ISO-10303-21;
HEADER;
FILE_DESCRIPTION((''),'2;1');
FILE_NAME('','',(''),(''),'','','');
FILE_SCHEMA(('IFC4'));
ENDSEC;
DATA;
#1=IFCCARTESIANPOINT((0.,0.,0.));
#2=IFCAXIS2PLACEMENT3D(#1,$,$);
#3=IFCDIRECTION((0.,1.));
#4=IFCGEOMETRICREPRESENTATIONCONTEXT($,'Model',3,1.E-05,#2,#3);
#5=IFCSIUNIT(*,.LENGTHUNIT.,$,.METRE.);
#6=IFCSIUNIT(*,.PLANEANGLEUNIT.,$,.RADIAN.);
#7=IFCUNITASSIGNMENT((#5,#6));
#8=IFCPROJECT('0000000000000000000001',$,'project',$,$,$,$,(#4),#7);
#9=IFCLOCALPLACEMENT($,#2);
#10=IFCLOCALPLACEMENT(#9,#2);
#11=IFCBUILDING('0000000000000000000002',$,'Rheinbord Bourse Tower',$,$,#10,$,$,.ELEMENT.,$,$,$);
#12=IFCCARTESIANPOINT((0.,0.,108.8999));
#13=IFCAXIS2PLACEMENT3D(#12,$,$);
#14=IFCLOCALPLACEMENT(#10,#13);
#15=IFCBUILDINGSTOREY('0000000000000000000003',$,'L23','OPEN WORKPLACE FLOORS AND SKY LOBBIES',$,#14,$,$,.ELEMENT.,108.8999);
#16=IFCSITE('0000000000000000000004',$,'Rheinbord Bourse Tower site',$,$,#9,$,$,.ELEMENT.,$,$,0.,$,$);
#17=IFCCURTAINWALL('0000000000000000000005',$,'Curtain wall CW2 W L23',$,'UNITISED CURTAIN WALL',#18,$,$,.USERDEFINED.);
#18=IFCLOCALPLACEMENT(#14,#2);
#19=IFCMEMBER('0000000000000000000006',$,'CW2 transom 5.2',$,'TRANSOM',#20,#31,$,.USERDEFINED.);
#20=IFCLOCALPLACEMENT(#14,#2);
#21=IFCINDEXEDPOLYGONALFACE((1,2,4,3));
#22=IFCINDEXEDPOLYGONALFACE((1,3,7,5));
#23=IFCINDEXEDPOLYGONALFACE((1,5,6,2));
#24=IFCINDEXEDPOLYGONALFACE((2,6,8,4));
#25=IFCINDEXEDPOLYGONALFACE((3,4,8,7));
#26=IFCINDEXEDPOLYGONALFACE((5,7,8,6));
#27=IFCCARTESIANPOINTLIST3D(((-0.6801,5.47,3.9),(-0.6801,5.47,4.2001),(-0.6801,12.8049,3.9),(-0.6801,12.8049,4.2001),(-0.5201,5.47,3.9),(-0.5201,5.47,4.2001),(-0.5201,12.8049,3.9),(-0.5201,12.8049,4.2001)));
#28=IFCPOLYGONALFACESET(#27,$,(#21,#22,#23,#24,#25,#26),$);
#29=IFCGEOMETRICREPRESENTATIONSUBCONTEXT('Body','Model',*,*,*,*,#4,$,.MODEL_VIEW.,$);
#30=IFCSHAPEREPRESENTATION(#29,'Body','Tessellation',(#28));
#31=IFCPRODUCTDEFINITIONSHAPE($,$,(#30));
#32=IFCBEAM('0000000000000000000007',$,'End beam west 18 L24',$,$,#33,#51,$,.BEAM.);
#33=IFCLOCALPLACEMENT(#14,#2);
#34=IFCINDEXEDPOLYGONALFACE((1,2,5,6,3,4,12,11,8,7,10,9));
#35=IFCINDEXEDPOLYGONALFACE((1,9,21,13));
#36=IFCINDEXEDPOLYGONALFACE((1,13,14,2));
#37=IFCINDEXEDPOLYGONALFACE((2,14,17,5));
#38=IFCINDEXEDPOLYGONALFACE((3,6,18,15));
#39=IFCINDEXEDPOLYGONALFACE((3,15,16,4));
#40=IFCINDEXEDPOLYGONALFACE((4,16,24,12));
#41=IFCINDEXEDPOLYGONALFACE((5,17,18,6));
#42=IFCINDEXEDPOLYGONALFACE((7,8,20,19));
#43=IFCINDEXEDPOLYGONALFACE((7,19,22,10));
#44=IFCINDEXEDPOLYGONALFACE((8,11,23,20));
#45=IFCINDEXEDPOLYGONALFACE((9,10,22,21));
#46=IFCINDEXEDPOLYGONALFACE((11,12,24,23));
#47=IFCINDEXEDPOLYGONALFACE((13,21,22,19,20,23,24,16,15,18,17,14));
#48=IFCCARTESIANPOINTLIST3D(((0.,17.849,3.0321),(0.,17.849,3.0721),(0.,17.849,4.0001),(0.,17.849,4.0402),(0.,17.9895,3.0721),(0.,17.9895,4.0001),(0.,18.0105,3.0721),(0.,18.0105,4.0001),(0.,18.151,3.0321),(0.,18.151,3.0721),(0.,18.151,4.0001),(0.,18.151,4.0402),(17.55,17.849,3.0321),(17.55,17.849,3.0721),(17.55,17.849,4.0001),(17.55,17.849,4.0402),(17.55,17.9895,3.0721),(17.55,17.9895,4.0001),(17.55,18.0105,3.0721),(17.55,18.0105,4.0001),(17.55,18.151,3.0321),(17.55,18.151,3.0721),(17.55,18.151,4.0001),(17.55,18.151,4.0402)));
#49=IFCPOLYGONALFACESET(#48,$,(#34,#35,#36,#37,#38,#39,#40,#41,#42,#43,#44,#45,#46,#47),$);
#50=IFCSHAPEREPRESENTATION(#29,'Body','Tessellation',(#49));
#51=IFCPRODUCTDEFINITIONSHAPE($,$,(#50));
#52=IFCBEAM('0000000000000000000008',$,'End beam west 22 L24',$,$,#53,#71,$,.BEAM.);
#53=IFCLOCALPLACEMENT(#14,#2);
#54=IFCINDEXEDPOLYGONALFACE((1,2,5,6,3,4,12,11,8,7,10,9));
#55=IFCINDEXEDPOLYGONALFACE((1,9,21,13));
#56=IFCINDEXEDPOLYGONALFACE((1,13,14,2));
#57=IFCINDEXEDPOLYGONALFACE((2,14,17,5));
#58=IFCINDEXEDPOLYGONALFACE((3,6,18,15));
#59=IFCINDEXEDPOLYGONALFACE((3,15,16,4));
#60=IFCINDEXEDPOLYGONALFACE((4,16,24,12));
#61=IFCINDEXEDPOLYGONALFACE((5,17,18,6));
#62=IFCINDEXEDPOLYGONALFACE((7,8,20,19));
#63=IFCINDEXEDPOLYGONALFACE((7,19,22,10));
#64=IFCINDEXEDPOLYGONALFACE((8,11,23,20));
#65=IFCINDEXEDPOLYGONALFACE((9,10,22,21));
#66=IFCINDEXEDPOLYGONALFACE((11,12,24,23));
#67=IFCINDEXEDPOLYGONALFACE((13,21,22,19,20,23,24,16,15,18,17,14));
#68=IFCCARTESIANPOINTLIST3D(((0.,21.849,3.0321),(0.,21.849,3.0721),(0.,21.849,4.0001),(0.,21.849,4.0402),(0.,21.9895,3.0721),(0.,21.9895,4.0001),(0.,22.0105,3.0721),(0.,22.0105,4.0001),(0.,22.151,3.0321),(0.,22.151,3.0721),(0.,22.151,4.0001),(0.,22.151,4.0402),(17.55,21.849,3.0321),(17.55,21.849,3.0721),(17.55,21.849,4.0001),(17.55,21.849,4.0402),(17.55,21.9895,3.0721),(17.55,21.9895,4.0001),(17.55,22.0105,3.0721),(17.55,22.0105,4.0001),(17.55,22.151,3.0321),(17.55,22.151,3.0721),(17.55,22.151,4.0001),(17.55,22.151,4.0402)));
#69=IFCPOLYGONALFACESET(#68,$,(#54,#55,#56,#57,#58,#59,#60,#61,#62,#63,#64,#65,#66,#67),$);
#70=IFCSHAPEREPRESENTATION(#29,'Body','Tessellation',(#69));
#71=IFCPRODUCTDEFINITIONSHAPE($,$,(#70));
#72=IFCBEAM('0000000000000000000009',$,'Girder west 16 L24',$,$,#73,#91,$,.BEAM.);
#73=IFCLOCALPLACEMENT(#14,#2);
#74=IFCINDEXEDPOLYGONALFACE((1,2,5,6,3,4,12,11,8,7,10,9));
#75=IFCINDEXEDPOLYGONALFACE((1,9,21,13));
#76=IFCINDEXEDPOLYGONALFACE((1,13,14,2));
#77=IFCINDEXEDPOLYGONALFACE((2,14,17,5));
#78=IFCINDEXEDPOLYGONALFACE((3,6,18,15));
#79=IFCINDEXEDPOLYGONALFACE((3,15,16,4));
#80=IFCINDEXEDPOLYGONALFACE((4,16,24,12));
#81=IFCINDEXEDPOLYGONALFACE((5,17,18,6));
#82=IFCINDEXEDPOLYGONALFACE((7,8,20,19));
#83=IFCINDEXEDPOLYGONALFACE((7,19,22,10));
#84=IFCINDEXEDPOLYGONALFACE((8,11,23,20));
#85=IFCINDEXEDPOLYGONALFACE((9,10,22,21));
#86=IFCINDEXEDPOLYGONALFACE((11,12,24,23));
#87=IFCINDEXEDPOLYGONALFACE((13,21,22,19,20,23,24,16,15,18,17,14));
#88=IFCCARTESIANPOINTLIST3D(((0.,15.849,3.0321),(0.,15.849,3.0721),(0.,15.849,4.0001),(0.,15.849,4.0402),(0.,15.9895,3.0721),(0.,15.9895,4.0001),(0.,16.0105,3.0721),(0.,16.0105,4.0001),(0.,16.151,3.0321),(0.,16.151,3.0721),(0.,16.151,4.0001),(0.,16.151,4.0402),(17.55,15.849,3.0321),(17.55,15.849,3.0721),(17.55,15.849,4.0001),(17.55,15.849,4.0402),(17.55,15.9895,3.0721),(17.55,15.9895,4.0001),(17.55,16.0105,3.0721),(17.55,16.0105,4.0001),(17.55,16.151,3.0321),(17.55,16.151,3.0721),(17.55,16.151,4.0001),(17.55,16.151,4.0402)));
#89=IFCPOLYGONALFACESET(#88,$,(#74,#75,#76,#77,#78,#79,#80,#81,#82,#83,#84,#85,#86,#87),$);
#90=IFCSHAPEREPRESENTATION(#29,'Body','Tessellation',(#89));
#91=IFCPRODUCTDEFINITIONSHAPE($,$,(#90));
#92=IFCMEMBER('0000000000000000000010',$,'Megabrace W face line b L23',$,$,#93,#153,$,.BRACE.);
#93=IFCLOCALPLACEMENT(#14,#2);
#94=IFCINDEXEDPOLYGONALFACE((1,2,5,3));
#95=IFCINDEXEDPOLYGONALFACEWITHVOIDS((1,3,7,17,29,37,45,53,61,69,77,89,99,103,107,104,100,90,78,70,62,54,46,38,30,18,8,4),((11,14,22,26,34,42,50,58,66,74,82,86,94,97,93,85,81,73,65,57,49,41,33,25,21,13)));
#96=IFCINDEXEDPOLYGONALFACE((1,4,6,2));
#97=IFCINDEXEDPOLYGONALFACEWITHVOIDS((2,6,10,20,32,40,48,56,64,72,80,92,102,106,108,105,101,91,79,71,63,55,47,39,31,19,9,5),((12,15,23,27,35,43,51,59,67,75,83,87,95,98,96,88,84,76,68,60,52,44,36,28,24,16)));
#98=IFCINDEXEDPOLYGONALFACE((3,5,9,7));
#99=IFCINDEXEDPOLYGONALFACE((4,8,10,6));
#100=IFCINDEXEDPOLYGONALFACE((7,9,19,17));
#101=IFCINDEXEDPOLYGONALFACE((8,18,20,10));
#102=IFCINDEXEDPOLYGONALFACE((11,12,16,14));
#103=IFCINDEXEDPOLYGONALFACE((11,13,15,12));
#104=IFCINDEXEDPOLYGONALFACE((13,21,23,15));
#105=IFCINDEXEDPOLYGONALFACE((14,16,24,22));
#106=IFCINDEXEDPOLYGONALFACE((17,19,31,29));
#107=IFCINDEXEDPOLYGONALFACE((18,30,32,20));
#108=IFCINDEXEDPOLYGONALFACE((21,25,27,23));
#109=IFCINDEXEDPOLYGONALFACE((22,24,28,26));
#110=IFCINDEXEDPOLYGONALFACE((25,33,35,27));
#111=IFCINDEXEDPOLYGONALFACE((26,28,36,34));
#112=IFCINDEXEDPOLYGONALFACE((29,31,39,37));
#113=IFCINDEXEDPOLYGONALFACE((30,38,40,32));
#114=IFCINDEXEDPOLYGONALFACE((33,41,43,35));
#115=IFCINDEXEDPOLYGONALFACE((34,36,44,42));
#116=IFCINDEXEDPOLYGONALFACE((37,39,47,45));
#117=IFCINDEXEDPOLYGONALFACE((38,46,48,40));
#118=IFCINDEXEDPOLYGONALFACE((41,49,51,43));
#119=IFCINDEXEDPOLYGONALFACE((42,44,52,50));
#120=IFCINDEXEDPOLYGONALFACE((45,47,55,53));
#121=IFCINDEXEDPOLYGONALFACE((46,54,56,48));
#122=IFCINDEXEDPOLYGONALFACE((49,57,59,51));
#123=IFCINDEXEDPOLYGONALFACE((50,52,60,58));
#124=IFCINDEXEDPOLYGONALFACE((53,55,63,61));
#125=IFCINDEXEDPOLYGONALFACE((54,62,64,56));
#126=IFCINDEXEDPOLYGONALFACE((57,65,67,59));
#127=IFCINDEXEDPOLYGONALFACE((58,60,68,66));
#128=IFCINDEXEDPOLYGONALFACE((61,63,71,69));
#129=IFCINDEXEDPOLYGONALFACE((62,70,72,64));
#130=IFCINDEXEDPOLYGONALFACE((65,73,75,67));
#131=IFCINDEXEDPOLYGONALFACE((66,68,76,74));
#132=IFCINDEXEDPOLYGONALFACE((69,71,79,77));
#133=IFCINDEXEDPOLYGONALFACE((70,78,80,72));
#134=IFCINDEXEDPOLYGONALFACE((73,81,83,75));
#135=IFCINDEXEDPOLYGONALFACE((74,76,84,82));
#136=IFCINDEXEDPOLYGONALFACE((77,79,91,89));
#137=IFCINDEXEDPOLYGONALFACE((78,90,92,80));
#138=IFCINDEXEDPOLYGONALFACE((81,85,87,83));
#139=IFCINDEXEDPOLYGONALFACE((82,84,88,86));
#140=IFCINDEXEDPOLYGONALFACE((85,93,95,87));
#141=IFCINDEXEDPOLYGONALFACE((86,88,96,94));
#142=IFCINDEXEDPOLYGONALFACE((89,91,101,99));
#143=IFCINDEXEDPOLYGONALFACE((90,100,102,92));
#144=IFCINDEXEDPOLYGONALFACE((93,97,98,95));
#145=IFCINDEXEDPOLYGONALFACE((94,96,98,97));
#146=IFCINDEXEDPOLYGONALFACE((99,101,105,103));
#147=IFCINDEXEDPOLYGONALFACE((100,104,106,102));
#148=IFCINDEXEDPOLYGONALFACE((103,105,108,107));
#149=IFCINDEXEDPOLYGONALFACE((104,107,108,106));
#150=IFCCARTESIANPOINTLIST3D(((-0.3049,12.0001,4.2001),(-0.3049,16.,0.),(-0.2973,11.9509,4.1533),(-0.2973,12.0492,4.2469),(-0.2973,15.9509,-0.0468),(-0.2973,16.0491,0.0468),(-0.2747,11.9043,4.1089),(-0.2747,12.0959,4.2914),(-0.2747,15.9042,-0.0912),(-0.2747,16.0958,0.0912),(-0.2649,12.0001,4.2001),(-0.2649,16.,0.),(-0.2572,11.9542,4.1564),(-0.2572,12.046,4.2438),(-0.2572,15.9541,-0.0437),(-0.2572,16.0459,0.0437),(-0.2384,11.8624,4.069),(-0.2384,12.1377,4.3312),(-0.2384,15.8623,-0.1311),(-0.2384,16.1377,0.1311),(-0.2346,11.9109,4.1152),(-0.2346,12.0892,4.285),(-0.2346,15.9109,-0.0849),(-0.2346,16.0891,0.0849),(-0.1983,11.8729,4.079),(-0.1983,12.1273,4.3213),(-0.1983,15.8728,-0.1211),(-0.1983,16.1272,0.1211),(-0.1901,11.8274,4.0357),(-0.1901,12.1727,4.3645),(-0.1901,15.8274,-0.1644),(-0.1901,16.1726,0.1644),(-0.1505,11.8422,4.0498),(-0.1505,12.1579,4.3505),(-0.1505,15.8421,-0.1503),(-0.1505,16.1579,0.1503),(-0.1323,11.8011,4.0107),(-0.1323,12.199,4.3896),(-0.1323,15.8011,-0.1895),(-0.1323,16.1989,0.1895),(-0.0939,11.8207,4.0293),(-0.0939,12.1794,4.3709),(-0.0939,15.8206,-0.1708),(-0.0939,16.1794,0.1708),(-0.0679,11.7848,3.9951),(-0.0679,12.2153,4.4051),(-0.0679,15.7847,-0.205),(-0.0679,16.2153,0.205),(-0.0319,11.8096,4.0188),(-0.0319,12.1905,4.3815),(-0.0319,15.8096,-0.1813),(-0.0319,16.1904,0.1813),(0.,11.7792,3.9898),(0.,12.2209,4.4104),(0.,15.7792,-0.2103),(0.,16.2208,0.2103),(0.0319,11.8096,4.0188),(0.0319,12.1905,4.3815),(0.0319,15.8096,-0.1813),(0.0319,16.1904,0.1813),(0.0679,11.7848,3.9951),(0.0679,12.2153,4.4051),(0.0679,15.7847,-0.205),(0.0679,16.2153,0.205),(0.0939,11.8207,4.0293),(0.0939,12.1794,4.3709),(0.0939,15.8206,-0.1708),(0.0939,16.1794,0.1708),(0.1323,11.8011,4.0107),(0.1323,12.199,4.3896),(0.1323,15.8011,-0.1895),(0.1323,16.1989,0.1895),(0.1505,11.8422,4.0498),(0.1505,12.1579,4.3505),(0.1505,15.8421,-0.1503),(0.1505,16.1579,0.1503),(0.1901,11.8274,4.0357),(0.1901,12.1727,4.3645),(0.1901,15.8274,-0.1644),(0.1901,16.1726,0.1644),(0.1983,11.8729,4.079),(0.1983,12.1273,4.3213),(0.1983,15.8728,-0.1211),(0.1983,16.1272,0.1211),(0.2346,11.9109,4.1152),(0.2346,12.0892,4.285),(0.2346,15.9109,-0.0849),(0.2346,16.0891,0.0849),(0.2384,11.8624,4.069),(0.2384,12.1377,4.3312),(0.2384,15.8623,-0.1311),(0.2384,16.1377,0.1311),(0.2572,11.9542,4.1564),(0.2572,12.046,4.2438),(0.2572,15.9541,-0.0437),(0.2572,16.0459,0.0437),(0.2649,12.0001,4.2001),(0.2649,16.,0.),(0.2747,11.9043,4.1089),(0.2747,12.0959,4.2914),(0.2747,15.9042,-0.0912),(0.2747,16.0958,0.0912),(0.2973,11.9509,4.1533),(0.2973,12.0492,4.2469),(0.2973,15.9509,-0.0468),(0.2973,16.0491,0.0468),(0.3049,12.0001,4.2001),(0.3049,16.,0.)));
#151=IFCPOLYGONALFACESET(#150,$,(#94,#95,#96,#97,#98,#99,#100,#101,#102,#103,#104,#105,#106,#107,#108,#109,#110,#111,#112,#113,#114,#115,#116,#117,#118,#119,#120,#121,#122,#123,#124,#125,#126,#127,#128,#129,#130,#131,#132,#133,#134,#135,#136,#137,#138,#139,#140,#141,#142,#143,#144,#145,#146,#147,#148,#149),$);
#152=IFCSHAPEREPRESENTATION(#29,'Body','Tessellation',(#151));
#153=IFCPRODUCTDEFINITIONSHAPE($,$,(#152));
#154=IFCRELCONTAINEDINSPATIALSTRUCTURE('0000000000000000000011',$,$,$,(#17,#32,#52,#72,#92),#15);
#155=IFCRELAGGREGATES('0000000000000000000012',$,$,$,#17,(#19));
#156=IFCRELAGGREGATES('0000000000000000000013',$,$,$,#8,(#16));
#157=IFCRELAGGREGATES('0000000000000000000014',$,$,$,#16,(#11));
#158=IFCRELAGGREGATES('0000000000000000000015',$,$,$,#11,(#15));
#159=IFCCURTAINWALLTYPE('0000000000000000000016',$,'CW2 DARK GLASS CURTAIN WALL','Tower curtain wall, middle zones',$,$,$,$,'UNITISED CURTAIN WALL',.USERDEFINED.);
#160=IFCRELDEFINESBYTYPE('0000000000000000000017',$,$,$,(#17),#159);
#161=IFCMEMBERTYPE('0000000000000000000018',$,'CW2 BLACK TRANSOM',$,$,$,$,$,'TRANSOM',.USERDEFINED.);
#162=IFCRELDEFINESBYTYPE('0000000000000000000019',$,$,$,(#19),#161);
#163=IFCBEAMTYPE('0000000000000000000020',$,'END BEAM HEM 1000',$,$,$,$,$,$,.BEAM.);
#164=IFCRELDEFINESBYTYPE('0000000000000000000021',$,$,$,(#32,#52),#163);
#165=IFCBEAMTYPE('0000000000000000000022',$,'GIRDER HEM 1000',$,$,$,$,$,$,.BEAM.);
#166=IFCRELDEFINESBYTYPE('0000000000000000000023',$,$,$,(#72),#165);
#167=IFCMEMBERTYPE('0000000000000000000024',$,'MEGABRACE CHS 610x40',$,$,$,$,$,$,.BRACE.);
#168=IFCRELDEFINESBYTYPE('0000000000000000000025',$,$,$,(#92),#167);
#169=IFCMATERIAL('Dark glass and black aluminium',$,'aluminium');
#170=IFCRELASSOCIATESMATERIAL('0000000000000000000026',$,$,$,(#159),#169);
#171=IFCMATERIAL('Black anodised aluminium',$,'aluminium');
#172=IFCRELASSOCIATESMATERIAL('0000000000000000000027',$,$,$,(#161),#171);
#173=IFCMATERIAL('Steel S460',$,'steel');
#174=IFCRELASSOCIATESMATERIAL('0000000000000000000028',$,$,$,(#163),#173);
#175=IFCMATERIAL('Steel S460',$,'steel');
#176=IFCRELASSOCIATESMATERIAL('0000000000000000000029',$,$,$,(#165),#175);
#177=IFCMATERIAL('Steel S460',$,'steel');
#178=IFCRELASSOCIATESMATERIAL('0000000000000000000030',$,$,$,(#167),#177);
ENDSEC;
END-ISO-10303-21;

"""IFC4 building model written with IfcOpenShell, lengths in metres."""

from ifc_helpers import new_model, si_unit, direction, frame, origin, origin_2d, place, context, subcontext, project, spatial, rectangle, hollow_circle, i_section, extrude, material, material_profile, profile_set, type_object, element, aggregate, save


model = new_model("IFC4")

# Units and contexts
model_context = context("Model", 3, precision=1e-05, world=origin(), true_north=direction((0.0, 1.0)))
body_context = subcontext(model_context, "Body", "Model", "MODEL_VIEW")
ifc_project = project(units=[si_unit("LENGTHUNIT", "METRE"), si_unit("PLANEANGLEUNIT", "RADIAN")], contexts=[model_context])

# Site, building, storey
site_placement = place(None, origin())
site = spatial("IfcSite", under=ifc_project, at=site_placement, Name="Rheinbord Bourse Tower site", CompositionType="ELEMENT", RefElevation=0.0)
building_placement = place(site_placement, origin())
building = spatial("IfcBuilding", under=site, at=building_placement, Name="Rheinbord Bourse Tower", CompositionType="ELEMENT")
storey_placement = place(building_placement, frame((0.0, 0.0, 108.8999)))
storey = spatial("IfcBuildingStorey", under=building, at=storey_placement, Name="L23", Description="OPEN WORKPLACE FLOORS AND SKY LOBBIES", CompositionType="ELEMENT", Elevation=108.8999)

# Curtain wall, member
ifc_material_1 = material(Name="Dark glass and black aluminium", Category="aluminium")
curtain_wall_type = type_object("IfcCurtainWallType", Name="CW2 DARK GLASS CURTAIN WALL", Description="Tower curtain wall, middle zones", ElementType="UNITISED CURTAIN WALL", PredefinedType="USERDEFINED", material=ifc_material_1)
curtain_wall_placement = place(storey_placement, origin())
curtain_wall = element("IfcCurtainWall", 1, at=curtain_wall_placement, inside=storey, type_object=curtain_wall_type, Name="Curtain wall CW2 W L23", ObjectType="UNITISED CURTAIN WALL", PredefinedType="USERDEFINED")
ifc_material_2 = material(Name="Black anodised aluminium", Category="aluminium")
ifc_material_profile_1 = material_profile(ifc_material_2, rectangle(XDim=0.1599, YDim=0.3, at=origin_2d()), Name="CW2 TRANSOM 300x160")
ifc_profile_set_1 = profile_set([ifc_material_profile_1], Name="Black anodised aluminium")
member_type_1 = type_object("IfcMemberType", Name="CW2 BLACK TRANSOM", ElementType="TRANSOM", PredefinedType="USERDEFINED", material=ifc_profile_set_1)
member_1_placement = place(storey_placement, frame((-0.6001, 12.8049, 4.05), z_axis=(0.0, -1.0, 0.0), x_axis=(1.0, 0.0, 0.0)))
member_1 = element("IfcMember", 2, at=member_1_placement, type_object=member_type_1, Name="CW2 transom 5.2", ObjectType="TRANSOM", PredefinedType="USERDEFINED", context=body_context, shape_type="SweptSolid", body=[
    extrude(rectangle(XDim=0.1599, YDim=0.3, at=origin_2d()), origin(), (0.0, 0.0, 1.0), 7.335),
])

# Beams
ifc_material_3 = material(Name="Steel S460", Category="steel")
ifc_material_profile_2 = material_profile(ifc_material_3, i_section(OverallWidth=0.302, OverallDepth=1.0081, WebThickness=0.021, FlangeThickness=0.04, at=origin_2d()), Name="HEM 1000")
ifc_profile_set_2 = profile_set([ifc_material_profile_2], Name="Steel S460")
beam_type_1 = type_object("IfcBeamType", Name="END BEAM HEM 1000", PredefinedType="BEAM", material=ifc_profile_set_2)
for number, where, z_axis, x_axis, name in (
    (3, (0.0, 18.0, 3.5361), (1.0, 0.0, 0.0), (0.0, 1.0, 0.0), "End beam west 18 L24"),
    (4, (0.0, 22.0, 3.5361), (1.0, 0.0, 0.0), (0.0, 1.0, 0.0), "End beam west 22 L24"),
):
    element("IfcBeam", number, at=place(storey_placement, frame(where, z_axis=z_axis, x_axis=x_axis)), inside=storey, type_object=beam_type_1, Name=name, PredefinedType="BEAM", context=body_context, shape_type="SweptSolid", body=[
        extrude(i_section(OverallWidth=0.302, OverallDepth=1.0081, WebThickness=0.021, FlangeThickness=0.04, at=origin_2d()), origin(), (0.0, 0.0, 1.0), 17.55),
    ])
ifc_material_4 = material(Name="Steel S460", Category="steel")
ifc_material_profile_3 = material_profile(ifc_material_4, i_section(OverallWidth=0.302, OverallDepth=1.0081, WebThickness=0.021, FlangeThickness=0.04, at=origin_2d()), Name="HEM 1000")
ifc_profile_set_3 = profile_set([ifc_material_profile_3], Name="Steel S460")
beam_type_2 = type_object("IfcBeamType", Name="GIRDER HEM 1000", PredefinedType="BEAM", material=ifc_profile_set_3)
beam_1_placement = place(storey_placement, frame((0.0, 16.0, 3.5361), z_axis=(1.0, 0.0, 0.0), x_axis=(0.0, 1.0, 0.0)))
element("IfcBeam", 5, at=beam_1_placement, inside=storey, type_object=beam_type_2, Name="Girder west 16 L24", PredefinedType="BEAM", context=body_context, shape_type="SweptSolid", body=[
    extrude(i_section(OverallWidth=0.302, OverallDepth=1.0081, WebThickness=0.021, FlangeThickness=0.04, at=origin_2d()), origin(), (0.0, 0.0, 1.0), 17.55),
])

# Member
ifc_material_5 = material(Name="Steel S460", Category="steel")
ifc_material_profile_4 = material_profile(ifc_material_5, hollow_circle(Radius=0.3049, WallThickness=0.04, at=origin_2d()), Name="CHS 610x40")
ifc_profile_set_4 = profile_set([ifc_material_profile_4], Name="Steel S460")
member_type_2 = type_object("IfcMemberType", Name="MEGABRACE CHS 610x40", PredefinedType="BRACE", material=ifc_profile_set_4)
for number, where, z_axis, x_axis, name in (
    (6, (0.0, 16.0, 0.0), (0.0, -0.689638, 0.724154), (1.0, 0.0, 0.0), "Megabrace W face line b L23"),
):
    element("IfcMember", number, at=place(storey_placement, frame(where, z_axis=z_axis, x_axis=x_axis)), inside=storey, type_object=member_type_2, Name=name, PredefinedType="BRACE", context=body_context, shape_type="SweptSolid", body=[
        extrude(hollow_circle(Radius=0.3049, WallThickness=0.04, at=origin_2d()), origin(), (0.0, 0.0, 1.0), 5.8),
    ])

aggregate(curtain_wall, [member_1])

save(model, "model.ifc")
